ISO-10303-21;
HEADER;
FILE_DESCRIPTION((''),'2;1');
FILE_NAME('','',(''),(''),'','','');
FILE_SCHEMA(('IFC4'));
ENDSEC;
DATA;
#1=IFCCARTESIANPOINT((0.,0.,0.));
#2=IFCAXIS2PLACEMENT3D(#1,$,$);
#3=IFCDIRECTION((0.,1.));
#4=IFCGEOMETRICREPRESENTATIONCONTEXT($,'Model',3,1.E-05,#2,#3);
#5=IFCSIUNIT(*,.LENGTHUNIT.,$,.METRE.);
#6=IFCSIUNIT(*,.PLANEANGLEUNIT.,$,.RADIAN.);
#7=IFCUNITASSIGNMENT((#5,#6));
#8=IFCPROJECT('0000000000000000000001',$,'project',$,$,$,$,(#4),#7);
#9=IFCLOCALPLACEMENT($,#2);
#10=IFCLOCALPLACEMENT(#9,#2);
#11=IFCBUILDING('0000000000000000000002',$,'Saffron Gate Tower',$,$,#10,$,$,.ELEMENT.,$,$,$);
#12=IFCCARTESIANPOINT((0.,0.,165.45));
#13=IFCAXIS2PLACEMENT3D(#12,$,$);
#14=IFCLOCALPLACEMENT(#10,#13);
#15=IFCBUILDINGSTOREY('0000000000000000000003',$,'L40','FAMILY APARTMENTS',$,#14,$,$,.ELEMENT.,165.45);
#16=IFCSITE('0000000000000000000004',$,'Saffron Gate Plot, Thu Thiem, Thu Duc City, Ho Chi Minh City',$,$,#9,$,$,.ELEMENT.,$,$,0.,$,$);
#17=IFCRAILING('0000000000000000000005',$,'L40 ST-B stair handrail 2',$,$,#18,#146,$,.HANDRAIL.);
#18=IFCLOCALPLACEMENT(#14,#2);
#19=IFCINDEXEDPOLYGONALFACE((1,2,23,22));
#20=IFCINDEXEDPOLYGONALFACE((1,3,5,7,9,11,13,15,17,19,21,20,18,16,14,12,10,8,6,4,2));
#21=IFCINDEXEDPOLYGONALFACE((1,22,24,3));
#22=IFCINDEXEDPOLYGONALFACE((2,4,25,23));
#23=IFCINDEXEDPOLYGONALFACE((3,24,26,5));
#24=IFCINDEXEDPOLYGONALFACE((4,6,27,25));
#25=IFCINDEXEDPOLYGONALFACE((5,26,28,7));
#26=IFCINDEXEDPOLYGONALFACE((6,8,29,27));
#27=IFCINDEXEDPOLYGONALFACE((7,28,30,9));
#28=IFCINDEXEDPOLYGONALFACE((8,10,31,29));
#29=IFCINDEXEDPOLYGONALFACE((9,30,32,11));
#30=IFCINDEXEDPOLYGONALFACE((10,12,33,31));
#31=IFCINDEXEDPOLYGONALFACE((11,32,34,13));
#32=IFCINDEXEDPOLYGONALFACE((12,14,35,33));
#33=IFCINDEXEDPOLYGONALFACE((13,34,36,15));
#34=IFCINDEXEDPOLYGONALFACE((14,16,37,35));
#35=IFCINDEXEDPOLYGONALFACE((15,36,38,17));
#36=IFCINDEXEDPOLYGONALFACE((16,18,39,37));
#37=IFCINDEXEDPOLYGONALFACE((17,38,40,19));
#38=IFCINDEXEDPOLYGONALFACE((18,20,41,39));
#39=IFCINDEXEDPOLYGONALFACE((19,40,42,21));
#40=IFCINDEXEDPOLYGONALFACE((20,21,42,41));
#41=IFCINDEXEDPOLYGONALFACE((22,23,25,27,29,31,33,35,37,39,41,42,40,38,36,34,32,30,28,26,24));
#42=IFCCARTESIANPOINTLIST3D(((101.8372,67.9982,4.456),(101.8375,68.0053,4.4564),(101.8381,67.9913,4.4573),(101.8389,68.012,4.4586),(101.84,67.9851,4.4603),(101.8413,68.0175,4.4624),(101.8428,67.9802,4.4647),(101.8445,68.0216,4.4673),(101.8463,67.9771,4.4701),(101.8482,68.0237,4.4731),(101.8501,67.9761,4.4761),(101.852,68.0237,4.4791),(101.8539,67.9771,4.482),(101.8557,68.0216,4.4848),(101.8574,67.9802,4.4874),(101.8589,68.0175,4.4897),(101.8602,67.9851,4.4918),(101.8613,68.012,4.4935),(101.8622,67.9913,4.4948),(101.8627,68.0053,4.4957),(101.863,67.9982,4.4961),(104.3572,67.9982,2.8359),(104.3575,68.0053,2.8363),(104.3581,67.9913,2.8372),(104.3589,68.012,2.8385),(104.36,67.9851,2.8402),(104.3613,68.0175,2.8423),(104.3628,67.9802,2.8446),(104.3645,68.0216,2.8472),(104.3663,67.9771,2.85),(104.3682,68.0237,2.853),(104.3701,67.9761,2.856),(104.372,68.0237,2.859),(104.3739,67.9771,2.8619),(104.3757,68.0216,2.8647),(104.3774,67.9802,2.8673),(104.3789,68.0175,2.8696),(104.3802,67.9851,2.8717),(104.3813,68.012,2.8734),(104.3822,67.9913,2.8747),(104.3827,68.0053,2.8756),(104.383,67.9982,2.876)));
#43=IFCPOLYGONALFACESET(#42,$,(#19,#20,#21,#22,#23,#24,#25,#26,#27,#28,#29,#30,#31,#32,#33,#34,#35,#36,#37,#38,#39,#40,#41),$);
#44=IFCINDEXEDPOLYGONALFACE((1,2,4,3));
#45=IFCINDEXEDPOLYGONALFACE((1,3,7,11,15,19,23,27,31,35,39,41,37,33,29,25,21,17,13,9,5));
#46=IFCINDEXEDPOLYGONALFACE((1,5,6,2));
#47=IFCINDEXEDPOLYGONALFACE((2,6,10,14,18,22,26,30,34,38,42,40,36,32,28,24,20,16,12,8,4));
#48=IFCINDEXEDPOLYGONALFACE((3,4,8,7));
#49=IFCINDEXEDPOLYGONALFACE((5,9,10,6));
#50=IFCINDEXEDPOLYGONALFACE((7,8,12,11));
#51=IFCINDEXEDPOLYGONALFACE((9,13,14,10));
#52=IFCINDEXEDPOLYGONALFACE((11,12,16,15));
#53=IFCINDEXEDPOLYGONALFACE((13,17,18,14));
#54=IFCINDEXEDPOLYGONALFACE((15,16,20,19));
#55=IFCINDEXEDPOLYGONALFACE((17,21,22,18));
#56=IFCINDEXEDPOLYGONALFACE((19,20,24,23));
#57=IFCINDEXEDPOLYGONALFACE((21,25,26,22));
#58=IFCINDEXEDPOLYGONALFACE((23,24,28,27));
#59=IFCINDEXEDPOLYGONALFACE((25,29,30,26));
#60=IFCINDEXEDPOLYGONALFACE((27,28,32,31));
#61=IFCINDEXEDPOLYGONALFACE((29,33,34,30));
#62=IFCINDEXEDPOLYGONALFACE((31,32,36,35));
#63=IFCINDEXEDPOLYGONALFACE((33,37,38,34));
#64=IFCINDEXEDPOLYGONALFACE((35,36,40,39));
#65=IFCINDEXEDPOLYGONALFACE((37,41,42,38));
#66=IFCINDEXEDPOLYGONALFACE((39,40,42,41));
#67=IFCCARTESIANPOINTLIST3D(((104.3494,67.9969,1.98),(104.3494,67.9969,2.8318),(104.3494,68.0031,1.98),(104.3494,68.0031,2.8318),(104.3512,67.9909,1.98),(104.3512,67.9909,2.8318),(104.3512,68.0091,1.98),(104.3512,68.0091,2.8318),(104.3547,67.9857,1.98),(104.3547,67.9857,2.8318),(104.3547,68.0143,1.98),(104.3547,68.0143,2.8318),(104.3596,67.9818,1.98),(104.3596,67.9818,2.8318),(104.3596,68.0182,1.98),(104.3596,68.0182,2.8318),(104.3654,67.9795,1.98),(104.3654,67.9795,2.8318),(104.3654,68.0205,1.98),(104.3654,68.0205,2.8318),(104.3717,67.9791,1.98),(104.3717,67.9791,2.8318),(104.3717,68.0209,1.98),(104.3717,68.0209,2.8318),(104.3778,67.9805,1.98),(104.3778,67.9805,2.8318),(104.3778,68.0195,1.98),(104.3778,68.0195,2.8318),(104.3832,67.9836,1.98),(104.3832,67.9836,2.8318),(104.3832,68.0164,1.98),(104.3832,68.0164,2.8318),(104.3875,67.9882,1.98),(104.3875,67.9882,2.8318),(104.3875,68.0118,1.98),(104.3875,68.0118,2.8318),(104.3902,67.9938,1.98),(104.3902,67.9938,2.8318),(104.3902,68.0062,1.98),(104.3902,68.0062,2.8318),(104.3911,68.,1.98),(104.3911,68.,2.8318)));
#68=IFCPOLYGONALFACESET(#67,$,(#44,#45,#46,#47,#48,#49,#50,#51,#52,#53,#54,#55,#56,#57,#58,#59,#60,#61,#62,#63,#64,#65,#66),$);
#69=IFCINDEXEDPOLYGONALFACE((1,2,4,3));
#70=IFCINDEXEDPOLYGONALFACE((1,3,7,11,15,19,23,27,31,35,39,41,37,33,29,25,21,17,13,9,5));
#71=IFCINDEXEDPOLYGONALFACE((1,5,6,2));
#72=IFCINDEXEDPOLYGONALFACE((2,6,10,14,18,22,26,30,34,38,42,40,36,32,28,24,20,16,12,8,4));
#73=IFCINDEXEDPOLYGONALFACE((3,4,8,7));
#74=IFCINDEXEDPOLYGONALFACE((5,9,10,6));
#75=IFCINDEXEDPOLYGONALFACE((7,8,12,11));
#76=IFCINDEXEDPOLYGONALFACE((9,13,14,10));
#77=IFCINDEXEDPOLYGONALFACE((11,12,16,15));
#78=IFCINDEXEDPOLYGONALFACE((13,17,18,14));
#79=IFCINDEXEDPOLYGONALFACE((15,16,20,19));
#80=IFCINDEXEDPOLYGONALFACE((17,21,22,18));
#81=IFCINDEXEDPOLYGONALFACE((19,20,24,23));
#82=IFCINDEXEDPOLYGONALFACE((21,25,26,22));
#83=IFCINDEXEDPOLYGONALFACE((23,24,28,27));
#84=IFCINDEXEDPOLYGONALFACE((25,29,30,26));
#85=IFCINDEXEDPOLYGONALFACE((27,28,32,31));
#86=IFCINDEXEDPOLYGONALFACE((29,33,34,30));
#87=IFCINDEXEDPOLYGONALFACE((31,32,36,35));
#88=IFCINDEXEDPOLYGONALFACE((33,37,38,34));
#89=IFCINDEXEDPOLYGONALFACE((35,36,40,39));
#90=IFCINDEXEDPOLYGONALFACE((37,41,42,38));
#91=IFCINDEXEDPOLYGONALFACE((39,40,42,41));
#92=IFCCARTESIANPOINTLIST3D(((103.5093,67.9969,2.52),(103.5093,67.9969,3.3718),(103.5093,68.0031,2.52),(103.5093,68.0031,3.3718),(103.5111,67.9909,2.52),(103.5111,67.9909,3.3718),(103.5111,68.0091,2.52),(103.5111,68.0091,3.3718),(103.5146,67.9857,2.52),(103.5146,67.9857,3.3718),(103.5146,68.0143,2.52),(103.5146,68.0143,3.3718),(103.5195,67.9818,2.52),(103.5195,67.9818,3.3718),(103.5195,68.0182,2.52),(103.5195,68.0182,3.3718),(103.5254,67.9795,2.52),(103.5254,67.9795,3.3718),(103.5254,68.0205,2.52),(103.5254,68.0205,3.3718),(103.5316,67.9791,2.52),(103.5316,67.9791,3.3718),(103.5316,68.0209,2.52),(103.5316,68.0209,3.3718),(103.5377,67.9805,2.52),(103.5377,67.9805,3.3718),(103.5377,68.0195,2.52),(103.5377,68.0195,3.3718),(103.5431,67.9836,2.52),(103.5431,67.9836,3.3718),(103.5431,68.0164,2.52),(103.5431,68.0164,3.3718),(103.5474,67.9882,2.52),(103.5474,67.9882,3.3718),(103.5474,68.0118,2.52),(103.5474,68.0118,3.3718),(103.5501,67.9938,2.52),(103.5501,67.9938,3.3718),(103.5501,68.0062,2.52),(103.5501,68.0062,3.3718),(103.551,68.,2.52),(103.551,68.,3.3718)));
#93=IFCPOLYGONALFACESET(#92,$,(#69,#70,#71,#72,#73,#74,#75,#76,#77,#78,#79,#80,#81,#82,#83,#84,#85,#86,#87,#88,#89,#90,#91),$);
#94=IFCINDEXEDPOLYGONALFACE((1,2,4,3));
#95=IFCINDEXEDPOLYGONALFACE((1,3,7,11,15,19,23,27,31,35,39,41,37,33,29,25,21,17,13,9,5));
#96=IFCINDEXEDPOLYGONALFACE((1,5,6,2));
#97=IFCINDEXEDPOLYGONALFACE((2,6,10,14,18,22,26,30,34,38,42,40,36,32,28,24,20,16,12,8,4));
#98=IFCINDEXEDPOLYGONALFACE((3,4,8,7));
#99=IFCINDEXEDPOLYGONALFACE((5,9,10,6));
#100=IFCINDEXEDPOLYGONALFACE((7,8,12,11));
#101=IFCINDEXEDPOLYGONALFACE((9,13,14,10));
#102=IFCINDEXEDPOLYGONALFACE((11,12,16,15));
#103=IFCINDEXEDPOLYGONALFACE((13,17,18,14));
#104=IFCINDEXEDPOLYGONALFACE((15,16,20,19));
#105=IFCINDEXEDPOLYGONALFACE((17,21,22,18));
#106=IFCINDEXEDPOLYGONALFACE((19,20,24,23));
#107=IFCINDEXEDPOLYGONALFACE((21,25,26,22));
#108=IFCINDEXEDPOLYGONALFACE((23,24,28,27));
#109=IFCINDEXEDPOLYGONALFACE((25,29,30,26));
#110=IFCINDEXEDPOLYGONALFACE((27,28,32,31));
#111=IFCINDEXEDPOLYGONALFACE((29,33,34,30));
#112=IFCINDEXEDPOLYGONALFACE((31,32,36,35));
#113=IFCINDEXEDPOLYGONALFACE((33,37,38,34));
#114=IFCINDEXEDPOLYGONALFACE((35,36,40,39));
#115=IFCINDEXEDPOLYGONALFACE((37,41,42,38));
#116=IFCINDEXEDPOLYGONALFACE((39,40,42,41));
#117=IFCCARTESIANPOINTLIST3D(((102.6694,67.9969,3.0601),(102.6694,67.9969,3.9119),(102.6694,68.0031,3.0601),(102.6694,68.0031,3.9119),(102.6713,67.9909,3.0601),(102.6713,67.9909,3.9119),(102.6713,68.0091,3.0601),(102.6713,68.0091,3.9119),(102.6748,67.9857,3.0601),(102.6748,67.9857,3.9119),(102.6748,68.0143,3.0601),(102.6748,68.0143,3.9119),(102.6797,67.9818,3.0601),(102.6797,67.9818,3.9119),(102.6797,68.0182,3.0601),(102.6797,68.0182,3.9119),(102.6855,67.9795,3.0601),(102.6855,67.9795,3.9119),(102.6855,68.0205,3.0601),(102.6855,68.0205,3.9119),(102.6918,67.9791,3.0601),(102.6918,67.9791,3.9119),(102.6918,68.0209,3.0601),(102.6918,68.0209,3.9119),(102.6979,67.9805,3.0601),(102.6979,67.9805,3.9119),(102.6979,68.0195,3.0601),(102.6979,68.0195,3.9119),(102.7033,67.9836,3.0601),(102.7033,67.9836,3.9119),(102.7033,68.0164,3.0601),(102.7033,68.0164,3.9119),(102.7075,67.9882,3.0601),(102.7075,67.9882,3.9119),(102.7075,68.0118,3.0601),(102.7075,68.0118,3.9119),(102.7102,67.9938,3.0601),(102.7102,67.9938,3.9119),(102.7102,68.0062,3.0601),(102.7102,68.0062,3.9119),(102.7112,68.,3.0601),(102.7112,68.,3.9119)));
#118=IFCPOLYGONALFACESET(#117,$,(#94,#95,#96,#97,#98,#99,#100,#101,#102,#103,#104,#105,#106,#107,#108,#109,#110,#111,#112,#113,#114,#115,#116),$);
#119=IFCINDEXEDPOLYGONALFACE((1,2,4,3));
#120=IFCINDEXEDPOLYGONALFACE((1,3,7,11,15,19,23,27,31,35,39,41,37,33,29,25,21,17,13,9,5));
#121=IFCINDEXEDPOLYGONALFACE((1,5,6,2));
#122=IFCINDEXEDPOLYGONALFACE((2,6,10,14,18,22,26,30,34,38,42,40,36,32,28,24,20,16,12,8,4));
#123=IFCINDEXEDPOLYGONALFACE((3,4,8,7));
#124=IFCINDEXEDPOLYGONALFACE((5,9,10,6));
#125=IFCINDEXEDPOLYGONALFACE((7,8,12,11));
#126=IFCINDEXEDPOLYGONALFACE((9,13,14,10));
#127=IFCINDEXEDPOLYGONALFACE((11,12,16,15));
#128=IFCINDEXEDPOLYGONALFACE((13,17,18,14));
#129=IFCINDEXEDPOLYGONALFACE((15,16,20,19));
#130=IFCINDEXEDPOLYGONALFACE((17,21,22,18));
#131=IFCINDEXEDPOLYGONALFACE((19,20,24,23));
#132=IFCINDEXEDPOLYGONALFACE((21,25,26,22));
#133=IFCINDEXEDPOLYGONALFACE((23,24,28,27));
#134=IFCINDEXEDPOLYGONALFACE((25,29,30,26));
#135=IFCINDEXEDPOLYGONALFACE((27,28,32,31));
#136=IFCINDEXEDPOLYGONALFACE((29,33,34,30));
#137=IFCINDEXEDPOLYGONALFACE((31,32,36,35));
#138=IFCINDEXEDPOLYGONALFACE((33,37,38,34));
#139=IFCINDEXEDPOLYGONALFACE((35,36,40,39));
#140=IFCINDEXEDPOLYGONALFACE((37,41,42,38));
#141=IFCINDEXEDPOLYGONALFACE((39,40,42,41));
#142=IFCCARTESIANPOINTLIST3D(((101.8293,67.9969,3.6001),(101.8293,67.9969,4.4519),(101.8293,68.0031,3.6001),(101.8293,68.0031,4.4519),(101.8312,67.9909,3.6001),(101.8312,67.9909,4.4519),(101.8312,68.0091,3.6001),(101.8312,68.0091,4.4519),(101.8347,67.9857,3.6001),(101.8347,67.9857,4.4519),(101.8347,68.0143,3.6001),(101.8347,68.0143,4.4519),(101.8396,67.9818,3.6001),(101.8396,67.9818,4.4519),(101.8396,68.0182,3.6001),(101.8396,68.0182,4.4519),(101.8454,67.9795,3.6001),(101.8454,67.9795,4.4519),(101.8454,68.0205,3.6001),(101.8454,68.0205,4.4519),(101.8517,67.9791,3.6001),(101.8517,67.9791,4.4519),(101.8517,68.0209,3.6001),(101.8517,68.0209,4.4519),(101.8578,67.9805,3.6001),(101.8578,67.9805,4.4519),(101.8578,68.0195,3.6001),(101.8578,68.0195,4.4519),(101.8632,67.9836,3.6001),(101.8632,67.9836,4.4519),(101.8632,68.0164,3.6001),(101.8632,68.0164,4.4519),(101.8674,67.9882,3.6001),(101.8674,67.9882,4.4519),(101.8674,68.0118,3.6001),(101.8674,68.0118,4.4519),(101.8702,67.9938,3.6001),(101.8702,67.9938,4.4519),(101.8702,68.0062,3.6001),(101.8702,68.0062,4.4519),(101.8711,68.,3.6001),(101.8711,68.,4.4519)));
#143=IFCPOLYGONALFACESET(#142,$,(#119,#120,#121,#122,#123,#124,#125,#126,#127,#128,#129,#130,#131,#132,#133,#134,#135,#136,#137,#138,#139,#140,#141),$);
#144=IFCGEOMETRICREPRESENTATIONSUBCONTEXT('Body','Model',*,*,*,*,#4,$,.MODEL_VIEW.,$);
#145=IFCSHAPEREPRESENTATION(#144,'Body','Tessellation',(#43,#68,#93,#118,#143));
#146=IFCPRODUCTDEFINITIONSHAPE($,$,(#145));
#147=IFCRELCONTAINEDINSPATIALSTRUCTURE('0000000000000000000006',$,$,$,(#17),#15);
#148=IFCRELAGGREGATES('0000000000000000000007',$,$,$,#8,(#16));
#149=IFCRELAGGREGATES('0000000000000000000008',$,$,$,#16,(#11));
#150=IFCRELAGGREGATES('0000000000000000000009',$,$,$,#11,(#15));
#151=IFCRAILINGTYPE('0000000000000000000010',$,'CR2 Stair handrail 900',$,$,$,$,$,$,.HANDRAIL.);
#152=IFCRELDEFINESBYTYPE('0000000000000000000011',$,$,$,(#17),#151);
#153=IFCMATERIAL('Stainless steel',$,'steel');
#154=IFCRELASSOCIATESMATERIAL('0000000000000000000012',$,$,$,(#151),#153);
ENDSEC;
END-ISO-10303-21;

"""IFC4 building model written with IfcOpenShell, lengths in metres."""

from ifc_helpers import new_model, si_unit, direction, frame, origin, origin_2d, place, context, subcontext, project, spatial, circle, extrude, material, type_object, element, save


model = new_model("IFC4")

# Units and contexts
model_context = context("Model", 3, precision=1e-05, world=origin(), true_north=direction((0.0, 1.0)))
body_context = subcontext(model_context, "Body", "Model", "MODEL_VIEW")
ifc_project = project(units=[si_unit("LENGTHUNIT", "METRE"), si_unit("PLANEANGLEUNIT", "RADIAN")], contexts=[model_context])

# Site, building, storey
site_placement = place(None, origin())
site = spatial("IfcSite", under=ifc_project, at=site_placement, Name="Saffron Gate Plot, Thu Thiem, Thu Duc City, Ho Chi Minh City", CompositionType="ELEMENT", RefElevation=0.0)
building_placement = place(site_placement, origin())
building = spatial("IfcBuilding", under=site, at=building_placement, Name="Saffron Gate Tower", CompositionType="ELEMENT")
storey_placement = place(building_placement, frame((0.0, 0.0, 165.45)))
storey = spatial("IfcBuildingStorey", under=building, at=storey_placement, Name="L40", Description="FAMILY APARTMENTS", CompositionType="ELEMENT", Elevation=165.45)

# Railing
ifc_material_1 = material(Name="Stainless steel", Category="steel")
railing_type_1 = type_object("IfcRailingType", Name="CR2 Stair handrail 900", PredefinedType="HANDRAIL", material=ifc_material_1)
railing_1_placement = place(storey_placement, frame((104.3701, 68.0, 1.98)))
element("IfcRailing", 1, at=railing_1_placement, inside=storey, type_object=railing_type_1, Name="L40 ST-B stair handrail 2", PredefinedType="HANDRAIL", context=body_context, shape_type="SweptSolid", body=[
    extrude(circle(Radius=0.0239, at=origin_2d()), frame((0.0, 0.0, 0.876), z_axis=(-0.841163, 0.0, 0.540782), x_axis=(0.0, -1.0, 0.0)), (0.0, 0.0, 1.0), 2.9958),
    extrude(circle(Radius=0.021, at=origin_2d()), origin(), (0.0, 0.0, 1.0), 0.8518),
    extrude(circle(Radius=0.021, at=origin_2d()), frame((-0.8401, 0.0, 0.54)), (0.0, 0.0, 1.0), 0.8518),
    extrude(circle(Radius=0.021, at=origin_2d()), frame((-1.6799, 0.0, 1.0801)), (0.0, 0.0, 1.0), 0.8518),
    extrude(circle(Radius=0.021, at=origin_2d()), frame((-2.52, 0.0, 1.6201)), (0.0, 0.0, 1.0), 0.8518),
])

save(model, "model.ifc")
